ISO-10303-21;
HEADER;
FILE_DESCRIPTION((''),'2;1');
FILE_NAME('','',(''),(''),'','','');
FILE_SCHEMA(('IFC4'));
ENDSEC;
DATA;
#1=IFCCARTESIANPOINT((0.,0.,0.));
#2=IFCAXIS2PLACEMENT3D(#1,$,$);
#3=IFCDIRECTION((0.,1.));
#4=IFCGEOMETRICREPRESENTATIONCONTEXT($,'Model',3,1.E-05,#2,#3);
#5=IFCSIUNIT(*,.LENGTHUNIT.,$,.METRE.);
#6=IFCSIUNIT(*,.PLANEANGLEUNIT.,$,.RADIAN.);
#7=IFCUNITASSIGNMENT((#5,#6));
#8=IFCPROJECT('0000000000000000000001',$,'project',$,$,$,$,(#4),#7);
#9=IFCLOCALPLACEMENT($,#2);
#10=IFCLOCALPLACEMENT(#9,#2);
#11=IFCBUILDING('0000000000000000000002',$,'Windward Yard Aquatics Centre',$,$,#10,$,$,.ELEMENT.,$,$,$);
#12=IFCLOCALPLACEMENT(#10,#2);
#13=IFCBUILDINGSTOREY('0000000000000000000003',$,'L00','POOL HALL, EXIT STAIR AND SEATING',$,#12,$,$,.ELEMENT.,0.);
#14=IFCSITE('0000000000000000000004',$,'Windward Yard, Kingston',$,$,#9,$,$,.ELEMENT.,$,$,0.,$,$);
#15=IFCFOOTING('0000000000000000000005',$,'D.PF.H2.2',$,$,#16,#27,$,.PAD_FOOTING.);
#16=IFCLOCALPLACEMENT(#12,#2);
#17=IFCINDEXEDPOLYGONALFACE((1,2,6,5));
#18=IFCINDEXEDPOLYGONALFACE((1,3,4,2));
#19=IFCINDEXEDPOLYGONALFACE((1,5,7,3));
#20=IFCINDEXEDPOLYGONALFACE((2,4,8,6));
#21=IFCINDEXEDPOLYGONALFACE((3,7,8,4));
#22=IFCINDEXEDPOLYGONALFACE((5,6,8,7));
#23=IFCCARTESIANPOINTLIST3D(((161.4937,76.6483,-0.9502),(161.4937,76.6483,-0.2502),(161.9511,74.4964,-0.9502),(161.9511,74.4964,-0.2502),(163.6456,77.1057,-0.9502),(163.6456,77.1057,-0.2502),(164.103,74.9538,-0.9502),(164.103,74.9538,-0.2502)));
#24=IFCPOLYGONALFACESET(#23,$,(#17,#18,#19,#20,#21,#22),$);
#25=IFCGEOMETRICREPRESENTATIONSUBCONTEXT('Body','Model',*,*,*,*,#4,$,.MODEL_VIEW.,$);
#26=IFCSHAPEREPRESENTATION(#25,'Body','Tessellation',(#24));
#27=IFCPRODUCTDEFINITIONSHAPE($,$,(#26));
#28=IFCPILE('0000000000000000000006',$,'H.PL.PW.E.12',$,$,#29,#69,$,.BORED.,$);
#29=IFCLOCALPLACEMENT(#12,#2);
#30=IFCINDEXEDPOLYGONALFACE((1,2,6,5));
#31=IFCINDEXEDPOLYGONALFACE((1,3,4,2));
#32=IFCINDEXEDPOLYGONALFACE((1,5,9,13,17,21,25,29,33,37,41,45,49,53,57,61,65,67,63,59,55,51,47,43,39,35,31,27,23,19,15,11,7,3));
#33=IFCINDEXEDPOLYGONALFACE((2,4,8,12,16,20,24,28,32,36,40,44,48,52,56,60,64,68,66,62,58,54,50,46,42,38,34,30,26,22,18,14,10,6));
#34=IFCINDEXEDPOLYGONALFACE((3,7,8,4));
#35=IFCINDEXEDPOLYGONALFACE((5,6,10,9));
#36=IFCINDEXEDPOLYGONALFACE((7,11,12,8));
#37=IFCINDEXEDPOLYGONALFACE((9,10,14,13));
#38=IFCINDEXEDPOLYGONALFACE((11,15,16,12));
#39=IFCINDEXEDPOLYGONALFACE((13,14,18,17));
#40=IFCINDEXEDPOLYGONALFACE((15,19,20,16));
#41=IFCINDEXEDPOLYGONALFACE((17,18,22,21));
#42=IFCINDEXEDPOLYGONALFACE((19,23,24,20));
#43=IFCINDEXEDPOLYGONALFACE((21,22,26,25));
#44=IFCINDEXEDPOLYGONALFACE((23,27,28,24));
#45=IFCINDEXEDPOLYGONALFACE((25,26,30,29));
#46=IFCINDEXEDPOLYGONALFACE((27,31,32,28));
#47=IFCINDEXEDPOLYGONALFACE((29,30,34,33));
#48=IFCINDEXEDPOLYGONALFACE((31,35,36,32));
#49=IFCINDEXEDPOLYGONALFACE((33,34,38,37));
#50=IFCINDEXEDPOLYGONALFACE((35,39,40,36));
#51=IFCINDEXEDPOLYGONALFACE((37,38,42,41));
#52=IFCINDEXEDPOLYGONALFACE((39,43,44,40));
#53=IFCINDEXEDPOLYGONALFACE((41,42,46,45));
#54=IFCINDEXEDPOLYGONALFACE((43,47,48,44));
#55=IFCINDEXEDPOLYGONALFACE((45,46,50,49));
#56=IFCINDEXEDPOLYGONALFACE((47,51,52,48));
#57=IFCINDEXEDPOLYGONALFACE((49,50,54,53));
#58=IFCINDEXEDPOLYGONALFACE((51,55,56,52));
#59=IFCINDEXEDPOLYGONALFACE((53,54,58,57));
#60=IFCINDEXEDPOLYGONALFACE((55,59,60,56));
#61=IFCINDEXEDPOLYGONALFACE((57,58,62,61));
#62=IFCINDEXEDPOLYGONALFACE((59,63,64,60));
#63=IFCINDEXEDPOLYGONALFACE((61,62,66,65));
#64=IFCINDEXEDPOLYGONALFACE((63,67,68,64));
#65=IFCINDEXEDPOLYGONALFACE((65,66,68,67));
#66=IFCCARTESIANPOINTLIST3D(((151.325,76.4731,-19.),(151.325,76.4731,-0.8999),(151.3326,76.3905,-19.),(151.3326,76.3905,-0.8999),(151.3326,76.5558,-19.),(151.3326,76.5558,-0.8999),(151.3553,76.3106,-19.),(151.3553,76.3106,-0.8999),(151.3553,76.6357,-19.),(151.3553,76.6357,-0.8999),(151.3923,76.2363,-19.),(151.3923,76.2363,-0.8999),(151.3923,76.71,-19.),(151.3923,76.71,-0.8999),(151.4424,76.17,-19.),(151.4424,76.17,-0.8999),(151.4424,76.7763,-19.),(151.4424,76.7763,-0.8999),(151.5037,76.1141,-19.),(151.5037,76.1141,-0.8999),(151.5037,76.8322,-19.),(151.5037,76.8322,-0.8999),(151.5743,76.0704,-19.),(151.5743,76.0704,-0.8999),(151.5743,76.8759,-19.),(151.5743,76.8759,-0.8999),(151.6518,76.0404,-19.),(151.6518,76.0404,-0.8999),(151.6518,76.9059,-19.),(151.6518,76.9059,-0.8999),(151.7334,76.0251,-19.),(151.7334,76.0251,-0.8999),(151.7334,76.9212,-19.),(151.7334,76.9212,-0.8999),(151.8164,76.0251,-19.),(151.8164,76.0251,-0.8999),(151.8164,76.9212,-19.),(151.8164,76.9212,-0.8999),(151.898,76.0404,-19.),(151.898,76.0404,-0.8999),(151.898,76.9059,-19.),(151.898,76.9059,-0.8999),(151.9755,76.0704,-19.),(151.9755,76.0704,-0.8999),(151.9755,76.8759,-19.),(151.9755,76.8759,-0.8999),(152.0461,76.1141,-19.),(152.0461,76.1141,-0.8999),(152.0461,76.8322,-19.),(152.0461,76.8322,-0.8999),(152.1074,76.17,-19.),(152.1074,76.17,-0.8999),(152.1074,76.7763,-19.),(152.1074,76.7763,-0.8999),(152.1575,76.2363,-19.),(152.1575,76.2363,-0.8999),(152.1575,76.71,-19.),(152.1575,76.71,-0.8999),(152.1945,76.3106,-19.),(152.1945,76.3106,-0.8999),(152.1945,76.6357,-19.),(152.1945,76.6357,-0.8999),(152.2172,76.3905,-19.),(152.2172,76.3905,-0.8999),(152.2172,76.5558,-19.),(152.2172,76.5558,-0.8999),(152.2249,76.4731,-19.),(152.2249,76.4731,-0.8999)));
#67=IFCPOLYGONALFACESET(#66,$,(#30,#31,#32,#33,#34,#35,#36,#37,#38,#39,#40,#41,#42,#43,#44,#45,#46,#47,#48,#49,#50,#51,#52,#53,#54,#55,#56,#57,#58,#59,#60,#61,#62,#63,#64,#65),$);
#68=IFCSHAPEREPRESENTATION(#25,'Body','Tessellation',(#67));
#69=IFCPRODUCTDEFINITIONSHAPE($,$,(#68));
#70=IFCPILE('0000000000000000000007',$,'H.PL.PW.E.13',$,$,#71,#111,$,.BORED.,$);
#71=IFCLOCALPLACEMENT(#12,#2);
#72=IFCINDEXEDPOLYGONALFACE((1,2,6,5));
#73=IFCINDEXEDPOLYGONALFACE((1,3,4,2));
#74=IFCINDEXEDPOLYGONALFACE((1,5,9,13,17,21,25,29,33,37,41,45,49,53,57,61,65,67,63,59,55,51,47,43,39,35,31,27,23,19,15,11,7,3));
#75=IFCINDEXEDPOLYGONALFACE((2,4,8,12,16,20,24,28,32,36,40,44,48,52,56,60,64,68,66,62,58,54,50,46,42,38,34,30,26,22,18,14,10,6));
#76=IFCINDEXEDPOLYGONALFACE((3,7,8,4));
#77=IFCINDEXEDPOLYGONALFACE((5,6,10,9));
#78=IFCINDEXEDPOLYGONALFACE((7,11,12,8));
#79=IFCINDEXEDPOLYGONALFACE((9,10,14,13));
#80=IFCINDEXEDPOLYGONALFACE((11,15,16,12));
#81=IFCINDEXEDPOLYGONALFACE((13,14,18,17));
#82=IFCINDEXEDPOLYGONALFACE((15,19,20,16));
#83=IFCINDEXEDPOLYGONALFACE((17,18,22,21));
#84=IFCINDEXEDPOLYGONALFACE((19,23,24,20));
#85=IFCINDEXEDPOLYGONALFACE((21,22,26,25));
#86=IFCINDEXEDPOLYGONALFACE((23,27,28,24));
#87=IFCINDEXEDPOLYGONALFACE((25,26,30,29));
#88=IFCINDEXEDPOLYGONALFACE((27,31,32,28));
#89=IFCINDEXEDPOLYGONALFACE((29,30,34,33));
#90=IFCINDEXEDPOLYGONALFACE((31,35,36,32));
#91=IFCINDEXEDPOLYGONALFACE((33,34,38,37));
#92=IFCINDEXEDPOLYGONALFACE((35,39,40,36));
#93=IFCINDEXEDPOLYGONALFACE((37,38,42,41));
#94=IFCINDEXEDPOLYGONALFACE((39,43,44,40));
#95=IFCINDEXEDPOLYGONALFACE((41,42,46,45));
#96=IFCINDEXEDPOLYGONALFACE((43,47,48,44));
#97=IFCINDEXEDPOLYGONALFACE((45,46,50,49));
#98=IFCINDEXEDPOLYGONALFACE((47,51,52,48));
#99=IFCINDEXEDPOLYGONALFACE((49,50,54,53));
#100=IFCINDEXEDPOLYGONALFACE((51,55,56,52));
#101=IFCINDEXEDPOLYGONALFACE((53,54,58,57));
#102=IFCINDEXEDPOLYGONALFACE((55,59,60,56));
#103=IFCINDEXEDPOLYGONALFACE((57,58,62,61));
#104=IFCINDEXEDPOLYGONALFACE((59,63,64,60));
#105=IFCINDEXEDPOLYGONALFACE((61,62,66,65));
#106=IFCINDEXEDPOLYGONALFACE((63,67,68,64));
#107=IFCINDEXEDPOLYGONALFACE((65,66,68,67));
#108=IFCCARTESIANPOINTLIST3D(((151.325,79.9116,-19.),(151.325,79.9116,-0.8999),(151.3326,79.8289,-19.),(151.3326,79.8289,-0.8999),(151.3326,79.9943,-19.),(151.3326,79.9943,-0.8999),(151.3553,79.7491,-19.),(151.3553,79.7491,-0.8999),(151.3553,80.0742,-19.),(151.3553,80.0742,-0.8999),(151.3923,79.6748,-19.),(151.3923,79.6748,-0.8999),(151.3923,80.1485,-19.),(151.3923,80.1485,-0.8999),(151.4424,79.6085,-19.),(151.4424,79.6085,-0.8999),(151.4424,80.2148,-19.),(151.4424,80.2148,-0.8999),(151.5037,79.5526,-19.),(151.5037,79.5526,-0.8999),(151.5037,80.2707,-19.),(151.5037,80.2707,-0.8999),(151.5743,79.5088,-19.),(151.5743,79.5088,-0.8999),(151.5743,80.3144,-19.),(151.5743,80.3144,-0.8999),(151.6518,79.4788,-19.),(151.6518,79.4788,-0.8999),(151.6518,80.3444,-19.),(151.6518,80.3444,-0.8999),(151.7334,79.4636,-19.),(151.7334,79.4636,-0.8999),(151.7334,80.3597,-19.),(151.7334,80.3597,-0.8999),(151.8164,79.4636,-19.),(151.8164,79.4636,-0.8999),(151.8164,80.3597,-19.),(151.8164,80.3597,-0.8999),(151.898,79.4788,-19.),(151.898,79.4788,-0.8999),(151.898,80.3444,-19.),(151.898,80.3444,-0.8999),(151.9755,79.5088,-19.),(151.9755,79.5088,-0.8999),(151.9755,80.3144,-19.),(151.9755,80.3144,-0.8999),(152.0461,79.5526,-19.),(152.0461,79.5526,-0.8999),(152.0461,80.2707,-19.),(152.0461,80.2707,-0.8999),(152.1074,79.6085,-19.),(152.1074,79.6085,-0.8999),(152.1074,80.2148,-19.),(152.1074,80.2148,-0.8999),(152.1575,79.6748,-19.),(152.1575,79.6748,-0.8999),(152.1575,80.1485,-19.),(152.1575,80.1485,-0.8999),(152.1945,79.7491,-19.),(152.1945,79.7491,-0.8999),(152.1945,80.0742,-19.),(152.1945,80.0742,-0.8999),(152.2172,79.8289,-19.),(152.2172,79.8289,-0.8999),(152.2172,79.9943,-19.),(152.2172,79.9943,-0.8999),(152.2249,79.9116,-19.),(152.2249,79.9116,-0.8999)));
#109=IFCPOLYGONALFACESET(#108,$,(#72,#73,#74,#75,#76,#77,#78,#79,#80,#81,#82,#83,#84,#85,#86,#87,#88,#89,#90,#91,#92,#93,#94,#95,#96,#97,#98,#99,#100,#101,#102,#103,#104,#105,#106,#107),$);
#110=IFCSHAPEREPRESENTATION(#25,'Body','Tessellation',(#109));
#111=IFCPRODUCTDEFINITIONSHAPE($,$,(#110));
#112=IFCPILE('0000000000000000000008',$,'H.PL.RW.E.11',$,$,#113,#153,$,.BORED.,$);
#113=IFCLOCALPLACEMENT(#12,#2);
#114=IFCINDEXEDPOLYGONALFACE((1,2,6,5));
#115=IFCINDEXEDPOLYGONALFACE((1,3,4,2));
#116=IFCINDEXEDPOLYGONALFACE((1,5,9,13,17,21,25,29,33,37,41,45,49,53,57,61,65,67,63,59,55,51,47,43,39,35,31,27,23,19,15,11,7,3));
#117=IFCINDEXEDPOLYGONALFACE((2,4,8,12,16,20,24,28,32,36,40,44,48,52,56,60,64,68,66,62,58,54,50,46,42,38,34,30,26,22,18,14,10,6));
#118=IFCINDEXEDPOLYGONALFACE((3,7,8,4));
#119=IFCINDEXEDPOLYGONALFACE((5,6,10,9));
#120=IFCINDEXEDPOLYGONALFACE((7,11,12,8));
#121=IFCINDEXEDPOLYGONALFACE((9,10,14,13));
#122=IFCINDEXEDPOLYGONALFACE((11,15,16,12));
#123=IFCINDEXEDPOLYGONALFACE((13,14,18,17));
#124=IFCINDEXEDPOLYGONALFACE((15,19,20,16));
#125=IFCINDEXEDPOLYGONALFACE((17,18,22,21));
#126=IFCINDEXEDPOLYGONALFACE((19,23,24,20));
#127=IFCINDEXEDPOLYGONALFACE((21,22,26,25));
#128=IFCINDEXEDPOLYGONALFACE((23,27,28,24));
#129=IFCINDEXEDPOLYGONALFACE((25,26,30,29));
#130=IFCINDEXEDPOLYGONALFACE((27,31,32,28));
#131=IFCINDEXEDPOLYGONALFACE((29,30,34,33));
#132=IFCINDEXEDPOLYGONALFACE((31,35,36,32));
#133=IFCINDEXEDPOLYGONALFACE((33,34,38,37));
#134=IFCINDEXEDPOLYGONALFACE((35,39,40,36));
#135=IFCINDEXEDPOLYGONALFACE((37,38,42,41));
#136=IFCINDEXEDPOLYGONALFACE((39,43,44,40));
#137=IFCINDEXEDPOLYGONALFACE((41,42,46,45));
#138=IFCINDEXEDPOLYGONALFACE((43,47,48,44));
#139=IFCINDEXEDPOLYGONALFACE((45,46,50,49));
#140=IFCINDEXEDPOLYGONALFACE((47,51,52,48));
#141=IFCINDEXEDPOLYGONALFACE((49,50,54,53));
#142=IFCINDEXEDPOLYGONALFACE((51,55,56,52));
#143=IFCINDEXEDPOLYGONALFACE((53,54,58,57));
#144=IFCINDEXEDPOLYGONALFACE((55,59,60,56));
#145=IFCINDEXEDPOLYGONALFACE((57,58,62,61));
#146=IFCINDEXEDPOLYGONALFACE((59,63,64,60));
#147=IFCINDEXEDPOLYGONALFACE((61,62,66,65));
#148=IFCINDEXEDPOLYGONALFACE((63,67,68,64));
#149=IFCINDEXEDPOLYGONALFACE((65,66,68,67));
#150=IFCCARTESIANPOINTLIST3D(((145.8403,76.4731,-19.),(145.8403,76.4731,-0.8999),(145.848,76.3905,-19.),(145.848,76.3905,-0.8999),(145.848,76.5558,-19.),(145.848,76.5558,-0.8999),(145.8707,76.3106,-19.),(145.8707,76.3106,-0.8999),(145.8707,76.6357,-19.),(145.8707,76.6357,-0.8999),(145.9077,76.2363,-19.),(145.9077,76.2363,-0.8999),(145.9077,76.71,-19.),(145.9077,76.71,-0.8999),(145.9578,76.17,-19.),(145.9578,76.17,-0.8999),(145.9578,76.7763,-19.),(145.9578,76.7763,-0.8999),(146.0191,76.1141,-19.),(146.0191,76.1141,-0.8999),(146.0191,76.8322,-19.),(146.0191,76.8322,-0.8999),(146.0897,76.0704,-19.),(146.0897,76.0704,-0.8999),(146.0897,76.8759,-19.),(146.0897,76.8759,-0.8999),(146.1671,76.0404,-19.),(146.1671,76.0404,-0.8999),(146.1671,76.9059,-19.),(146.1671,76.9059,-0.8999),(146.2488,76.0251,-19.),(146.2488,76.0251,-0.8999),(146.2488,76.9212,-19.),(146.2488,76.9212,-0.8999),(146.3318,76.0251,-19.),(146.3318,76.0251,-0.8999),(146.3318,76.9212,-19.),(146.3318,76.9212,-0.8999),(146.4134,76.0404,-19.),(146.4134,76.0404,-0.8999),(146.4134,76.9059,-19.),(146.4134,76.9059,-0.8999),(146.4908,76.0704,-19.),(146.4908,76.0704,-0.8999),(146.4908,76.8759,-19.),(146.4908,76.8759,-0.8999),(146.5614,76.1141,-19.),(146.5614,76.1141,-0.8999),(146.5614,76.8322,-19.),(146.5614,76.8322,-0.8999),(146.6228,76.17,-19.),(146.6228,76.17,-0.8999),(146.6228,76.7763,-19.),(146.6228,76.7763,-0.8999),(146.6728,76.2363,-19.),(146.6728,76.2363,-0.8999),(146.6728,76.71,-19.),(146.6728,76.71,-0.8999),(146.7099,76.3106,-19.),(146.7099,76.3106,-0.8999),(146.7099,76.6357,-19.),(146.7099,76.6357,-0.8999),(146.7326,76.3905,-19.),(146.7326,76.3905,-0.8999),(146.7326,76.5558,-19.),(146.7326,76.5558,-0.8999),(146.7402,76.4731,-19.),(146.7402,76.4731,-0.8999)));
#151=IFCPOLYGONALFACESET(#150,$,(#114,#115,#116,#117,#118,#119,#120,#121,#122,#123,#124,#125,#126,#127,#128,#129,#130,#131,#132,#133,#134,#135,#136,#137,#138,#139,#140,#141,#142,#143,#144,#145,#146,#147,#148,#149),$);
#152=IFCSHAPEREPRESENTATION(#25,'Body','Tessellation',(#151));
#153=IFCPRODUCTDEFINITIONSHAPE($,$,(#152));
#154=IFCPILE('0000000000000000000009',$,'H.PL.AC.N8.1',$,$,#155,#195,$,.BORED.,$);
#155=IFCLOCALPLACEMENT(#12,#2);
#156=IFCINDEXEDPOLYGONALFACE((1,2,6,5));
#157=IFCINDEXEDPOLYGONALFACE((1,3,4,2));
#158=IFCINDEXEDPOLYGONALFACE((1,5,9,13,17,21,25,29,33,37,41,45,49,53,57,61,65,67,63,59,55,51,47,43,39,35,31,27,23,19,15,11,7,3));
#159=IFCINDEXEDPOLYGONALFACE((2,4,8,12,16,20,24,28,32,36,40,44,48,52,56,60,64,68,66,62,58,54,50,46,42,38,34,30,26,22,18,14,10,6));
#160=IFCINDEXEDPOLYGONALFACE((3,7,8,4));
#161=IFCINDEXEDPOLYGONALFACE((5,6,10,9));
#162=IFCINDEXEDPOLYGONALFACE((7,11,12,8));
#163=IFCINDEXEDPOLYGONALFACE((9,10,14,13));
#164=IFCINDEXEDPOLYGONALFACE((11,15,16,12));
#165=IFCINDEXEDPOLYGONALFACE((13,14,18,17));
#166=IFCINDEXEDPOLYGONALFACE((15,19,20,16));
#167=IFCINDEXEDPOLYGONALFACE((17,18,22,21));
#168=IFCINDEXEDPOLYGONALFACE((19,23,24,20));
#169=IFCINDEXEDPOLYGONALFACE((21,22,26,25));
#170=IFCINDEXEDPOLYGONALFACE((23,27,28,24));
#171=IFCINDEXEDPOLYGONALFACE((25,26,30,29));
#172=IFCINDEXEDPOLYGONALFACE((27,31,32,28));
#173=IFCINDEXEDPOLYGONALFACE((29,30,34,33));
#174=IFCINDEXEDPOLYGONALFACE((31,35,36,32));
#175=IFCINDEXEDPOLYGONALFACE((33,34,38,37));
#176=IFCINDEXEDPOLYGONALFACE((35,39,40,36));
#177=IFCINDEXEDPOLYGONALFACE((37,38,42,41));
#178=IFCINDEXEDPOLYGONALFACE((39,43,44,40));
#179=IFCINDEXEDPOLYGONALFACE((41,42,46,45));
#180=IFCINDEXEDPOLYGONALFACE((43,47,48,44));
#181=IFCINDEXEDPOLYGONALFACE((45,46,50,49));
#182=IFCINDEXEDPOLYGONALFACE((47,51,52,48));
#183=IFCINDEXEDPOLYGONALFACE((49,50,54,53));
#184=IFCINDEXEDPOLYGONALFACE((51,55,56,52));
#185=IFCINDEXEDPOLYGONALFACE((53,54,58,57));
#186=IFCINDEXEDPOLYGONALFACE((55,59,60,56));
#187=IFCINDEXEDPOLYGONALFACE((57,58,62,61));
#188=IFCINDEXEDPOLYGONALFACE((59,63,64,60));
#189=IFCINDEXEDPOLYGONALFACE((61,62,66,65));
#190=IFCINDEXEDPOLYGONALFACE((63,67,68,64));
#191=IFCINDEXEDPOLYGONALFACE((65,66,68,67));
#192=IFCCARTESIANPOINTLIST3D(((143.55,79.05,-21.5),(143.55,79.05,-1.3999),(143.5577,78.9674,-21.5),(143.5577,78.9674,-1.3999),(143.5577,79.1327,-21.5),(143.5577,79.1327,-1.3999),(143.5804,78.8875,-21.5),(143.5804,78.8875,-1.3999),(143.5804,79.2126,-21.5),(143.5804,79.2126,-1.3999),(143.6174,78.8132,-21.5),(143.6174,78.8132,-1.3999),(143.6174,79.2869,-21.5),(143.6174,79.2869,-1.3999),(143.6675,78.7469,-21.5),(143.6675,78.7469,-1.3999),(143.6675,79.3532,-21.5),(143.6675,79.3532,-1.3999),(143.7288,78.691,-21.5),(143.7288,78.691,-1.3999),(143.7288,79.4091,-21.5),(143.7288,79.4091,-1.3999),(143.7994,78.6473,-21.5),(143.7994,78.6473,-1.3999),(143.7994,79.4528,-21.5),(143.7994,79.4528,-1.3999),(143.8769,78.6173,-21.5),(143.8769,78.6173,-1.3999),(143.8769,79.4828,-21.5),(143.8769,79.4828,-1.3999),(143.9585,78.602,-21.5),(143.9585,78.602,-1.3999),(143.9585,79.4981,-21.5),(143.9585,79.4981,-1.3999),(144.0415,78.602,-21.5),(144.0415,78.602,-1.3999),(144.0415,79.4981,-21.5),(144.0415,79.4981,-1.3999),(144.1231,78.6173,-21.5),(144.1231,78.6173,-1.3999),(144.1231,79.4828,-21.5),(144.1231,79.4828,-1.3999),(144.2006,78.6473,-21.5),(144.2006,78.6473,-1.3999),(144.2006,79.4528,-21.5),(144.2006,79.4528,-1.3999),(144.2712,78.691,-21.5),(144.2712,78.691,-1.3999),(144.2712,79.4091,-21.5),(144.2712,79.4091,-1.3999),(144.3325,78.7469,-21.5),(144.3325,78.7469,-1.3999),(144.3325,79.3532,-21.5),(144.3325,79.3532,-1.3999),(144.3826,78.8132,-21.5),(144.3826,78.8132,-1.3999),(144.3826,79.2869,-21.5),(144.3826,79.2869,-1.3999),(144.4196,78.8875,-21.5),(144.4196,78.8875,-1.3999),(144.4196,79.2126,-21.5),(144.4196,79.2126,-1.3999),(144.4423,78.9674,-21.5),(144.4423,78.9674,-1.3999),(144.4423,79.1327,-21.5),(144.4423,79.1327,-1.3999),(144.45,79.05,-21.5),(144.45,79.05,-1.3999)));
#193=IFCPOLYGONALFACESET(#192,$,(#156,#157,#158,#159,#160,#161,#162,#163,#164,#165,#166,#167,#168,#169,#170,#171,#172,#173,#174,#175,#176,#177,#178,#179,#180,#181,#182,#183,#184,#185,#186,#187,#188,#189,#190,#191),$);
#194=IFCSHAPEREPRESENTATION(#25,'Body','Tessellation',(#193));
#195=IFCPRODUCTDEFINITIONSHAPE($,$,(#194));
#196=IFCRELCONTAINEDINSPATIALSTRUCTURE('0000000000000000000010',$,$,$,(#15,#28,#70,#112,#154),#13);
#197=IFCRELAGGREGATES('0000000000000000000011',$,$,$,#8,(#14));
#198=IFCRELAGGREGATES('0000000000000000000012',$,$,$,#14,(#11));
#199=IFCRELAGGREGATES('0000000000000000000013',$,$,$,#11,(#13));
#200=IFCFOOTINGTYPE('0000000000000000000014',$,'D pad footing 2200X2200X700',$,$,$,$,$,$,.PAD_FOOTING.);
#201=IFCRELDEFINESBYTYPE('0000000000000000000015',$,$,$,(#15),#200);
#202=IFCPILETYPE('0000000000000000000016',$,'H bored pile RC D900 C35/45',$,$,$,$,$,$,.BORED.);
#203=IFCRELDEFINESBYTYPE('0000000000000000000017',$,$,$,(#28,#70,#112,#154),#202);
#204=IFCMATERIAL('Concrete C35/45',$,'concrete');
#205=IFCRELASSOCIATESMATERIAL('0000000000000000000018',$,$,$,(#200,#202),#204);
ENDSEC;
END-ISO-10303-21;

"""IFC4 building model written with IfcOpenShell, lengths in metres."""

from ifc_helpers import new_model, si_unit, direction, frame, origin, origin_2d, place, context, subcontext, project, spatial, rectangle, circle, extrude, material, material_profile, profile_set, type_object, element, save


model = new_model("IFC4")

# Units and contexts
model_context = context("Model", 3, precision=1e-05, world=origin(), true_north=direction((0.0, 1.0)))
body_context = subcontext(model_context, "Body", "Model", "MODEL_VIEW")
ifc_project = project(units=[si_unit("LENGTHUNIT", "METRE"), si_unit("PLANEANGLEUNIT", "RADIAN")], contexts=[model_context])

# Site, building, storey
site_placement = place(None, origin())
site = spatial("IfcSite", under=ifc_project, at=site_placement, Name="Windward Yard, Kingston", CompositionType="ELEMENT", RefElevation=0.0)
building_placement = place(site_placement, origin())
building = spatial("IfcBuilding", under=site, at=building_placement, Name="Windward Yard Aquatics Centre", CompositionType="ELEMENT")
storey_placement = place(building_placement, origin())
storey = spatial("IfcBuildingStorey", under=building, at=storey_placement, Name="L00", Description="POOL HALL, EXIT STAIR AND SEATING", CompositionType="ELEMENT", Elevation=0.0)

# Footing
ifc_material_1 = material(Name="Concrete C35/45", Category="concrete")
footing_type = type_object("IfcFootingType", Name="D pad footing 2200X2200X700", PredefinedType="PAD_FOOTING", material=ifc_material_1)
footing_placement = place(storey_placement, frame((162.7983, 75.801, -0.9502), z_axis=(0.0, 0.0, 1.0), x_axis=(0.978148, 0.207912, 0.0)))
element("IfcFooting", 1, at=footing_placement, inside=storey, type_object=footing_type, Name="D.PF.H2.2", PredefinedType="PAD_FOOTING", context=body_context, shape_type="SweptSolid", body=[
    extrude(rectangle(XDim=2.2, YDim=2.2, at=origin_2d()), origin(), (0.0, 0.0, 1.0), 0.7),
])

# Piles
ifc_material_profile_1 = material_profile(ifc_material_1, circle(Radius=0.45, at=origin_2d()), Name="RC D900")
ifc_profile_set_1 = profile_set([ifc_material_profile_1], Name="Concrete C35/45")
pile_type = type_object("IfcPileType", Name="H bored pile RC D900 C35/45", PredefinedType="BORED", material=ifc_profile_set_1)
for number, where, z_axis, x_axis, name in (
    (2, (151.7749, 76.4731, -0.8999), (0.0, 0.0, -1.0), (1.0, 0.0, 0.0), "H.PL.PW.E.12"),
    (3, (151.7749, 79.9116, -0.8999), (0.0, 0.0, -1.0), (1.0, 0.0, 0.0), "H.PL.PW.E.13"),
    (4, (146.2903, 76.4731, -0.8999), (0.0, 0.0, -1.0), (1.0, 0.0, 0.0), "H.PL.RW.E.11"),
):
    element("IfcPile", number, at=place(storey_placement, frame(where, z_axis=z_axis, x_axis=x_axis)), inside=storey, type_object=pile_type, Name=name, PredefinedType="BORED", context=body_context, shape_type="SweptSolid", body=[
        extrude(circle(Radius=0.45, at=origin_2d()), origin(), (0.0, 0.0, 1.0), 18.1001),
    ])
pile_placement = place(storey_placement, frame((144.0, 79.05, -1.3999), z_axis=(0.0, 0.0, -1.0), x_axis=(1.0, 0.0, 0.0)))
element("IfcPile", 5, at=pile_placement, inside=storey, type_object=pile_type, Name="H.PL.AC.N8.1", PredefinedType="BORED", context=body_context, shape_type="SweptSolid", body=[
    extrude(circle(Radius=0.45, at=origin_2d()), origin(), (0.0, 0.0, 1.0), 20.1001),
])

save(model, "model.ifc")
